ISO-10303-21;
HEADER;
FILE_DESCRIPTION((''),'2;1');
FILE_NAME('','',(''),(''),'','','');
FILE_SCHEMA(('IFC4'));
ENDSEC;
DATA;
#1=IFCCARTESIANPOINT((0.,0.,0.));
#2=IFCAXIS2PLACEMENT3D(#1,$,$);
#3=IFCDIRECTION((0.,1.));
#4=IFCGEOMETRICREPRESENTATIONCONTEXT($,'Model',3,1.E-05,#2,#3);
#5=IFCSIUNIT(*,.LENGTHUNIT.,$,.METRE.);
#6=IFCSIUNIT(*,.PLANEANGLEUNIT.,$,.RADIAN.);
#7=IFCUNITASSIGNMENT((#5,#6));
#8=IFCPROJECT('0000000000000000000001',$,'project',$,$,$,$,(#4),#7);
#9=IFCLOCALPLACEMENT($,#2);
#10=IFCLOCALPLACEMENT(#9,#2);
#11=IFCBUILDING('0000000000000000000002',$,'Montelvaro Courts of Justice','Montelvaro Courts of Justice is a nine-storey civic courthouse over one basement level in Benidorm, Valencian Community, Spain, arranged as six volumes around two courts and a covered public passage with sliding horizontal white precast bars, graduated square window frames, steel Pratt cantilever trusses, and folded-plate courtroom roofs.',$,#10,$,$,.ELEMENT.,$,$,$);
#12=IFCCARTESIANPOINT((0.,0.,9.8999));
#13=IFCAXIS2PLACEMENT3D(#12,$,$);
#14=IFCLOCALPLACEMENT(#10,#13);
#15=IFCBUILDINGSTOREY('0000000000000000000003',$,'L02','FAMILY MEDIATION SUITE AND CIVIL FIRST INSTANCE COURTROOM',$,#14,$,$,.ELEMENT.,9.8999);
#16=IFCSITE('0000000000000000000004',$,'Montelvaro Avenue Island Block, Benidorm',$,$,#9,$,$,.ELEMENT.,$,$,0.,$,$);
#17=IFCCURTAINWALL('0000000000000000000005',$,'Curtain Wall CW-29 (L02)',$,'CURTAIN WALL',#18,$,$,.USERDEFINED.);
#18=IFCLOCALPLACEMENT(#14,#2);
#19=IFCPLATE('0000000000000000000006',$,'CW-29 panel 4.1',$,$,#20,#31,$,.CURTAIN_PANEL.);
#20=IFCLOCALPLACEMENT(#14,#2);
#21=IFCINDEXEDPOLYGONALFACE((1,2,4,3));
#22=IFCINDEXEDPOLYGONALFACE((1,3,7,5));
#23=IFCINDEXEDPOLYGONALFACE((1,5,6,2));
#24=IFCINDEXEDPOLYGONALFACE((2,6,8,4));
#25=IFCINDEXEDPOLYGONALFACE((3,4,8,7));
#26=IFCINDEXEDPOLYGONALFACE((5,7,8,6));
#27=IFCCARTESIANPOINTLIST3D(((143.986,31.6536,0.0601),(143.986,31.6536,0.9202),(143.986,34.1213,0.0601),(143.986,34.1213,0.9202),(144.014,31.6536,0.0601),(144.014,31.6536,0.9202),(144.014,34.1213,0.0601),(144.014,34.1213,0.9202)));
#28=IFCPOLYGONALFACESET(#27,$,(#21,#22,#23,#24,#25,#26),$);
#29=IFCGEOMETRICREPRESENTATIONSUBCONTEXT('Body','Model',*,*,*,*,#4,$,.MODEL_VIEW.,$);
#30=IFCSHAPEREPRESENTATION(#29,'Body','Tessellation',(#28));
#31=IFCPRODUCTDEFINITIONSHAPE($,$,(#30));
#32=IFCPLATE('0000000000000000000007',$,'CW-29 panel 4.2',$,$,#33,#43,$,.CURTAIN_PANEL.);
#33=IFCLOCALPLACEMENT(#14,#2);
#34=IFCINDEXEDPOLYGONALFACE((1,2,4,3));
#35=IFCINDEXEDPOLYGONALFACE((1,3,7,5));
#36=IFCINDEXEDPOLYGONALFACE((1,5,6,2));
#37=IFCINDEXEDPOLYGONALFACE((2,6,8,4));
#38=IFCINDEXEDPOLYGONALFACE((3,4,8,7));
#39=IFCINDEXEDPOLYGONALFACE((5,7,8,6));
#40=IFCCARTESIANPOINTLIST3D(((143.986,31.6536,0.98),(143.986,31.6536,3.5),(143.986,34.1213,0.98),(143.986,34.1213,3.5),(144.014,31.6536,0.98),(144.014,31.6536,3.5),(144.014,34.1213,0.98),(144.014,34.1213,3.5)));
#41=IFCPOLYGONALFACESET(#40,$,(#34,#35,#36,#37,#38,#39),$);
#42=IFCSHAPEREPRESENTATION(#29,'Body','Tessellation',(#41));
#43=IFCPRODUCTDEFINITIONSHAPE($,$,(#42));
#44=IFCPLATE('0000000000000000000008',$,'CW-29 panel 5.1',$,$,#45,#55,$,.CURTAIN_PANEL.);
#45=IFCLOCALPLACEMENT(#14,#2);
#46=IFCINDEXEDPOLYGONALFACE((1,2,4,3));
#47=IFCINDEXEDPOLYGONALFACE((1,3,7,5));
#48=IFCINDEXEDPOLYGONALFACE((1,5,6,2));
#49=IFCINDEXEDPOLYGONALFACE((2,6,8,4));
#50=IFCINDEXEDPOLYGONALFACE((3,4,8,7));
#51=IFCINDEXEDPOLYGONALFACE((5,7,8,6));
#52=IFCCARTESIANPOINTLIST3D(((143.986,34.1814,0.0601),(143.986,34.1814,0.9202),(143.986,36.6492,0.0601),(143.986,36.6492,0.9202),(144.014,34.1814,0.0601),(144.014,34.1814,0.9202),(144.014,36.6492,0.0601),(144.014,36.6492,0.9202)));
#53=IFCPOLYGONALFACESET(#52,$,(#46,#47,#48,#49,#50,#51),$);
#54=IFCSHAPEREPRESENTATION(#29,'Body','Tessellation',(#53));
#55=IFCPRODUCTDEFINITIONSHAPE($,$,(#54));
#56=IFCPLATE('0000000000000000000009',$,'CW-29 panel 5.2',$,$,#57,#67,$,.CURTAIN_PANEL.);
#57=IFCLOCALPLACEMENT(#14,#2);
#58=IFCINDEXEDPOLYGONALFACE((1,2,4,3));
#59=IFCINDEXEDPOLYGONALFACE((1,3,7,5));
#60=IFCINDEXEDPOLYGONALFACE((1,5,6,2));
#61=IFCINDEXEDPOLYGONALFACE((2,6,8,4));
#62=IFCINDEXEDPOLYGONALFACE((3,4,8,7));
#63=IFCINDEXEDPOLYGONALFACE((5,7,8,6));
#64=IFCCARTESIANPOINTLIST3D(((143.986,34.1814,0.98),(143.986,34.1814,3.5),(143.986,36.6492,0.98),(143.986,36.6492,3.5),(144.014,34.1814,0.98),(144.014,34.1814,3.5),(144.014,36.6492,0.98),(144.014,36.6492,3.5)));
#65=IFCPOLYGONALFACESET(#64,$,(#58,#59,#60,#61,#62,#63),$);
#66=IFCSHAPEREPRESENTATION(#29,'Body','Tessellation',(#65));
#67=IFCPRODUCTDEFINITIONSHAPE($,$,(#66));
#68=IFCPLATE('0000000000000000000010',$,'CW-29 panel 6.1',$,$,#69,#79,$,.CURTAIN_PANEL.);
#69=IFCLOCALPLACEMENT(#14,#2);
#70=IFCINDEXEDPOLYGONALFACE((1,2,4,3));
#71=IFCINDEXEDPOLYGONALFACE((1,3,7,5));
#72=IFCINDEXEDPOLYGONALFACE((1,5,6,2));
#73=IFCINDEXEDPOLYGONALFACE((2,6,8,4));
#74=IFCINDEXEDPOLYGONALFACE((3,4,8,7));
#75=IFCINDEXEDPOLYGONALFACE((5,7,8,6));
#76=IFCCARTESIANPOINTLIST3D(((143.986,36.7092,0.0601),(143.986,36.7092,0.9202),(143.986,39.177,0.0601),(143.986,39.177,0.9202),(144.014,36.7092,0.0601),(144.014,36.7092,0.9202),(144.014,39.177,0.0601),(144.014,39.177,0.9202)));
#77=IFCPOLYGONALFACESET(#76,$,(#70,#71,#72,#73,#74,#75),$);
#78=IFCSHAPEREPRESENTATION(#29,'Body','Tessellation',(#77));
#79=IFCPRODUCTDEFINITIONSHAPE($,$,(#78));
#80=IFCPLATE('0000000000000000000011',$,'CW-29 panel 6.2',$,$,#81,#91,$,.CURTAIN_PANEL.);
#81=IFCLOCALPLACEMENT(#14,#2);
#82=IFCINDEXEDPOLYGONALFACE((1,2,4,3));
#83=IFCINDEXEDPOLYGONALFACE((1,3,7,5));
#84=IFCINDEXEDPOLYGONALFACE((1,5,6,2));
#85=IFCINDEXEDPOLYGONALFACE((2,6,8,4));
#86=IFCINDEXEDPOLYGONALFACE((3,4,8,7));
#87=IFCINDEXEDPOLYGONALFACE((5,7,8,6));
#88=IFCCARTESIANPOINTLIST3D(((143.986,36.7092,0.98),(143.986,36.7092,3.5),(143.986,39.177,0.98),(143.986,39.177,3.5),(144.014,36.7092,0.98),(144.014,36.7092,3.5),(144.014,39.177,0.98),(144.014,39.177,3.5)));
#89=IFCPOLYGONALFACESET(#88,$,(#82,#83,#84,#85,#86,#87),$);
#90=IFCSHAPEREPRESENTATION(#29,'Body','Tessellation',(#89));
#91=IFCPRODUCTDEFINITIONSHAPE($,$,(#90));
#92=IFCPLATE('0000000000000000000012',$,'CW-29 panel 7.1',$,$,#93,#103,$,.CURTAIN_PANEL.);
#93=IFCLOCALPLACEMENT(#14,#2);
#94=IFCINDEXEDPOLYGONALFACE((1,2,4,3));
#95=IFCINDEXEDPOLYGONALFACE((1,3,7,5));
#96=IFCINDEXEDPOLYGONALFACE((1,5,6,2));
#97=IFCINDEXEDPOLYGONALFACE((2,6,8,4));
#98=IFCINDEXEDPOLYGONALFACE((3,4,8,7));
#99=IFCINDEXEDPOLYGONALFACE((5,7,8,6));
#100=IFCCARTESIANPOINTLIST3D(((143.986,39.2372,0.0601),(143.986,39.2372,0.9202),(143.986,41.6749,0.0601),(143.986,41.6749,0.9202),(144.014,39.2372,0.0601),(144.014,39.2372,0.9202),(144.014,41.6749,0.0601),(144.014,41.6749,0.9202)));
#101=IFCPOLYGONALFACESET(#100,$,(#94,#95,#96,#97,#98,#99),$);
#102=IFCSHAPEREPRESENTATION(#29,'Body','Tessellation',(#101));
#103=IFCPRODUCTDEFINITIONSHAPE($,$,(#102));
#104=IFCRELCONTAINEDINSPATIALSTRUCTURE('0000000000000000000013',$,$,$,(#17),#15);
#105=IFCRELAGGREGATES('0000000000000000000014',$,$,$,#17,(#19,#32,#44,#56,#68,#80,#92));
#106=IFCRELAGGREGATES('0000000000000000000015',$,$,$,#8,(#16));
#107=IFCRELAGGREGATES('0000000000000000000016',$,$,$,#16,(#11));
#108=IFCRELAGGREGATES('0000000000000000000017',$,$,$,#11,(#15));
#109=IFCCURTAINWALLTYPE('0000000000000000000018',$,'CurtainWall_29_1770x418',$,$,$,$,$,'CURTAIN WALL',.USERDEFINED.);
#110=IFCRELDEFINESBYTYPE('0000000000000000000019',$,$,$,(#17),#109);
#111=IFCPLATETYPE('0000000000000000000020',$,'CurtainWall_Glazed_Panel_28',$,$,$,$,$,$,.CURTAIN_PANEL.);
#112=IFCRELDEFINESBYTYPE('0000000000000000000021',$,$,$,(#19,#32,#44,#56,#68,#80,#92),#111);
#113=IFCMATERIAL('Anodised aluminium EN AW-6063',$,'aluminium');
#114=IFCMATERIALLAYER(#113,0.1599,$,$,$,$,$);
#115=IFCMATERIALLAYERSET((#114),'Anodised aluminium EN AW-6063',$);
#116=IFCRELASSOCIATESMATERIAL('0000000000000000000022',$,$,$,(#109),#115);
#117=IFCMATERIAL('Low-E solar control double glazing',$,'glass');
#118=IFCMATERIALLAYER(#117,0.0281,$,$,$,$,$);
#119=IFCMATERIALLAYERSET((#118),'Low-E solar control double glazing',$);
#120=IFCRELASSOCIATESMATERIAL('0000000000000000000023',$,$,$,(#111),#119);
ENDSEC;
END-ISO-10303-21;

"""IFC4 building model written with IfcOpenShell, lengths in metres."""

from ifc_helpers import new_model, si_unit, direction, frame, origin, origin_2d, place, context, subcontext, project, spatial, rectangle, extrude, material, layer, layer_set, type_object, element, aggregate, save


model = new_model("IFC4")

# Units and contexts
model_context = context("Model", 3, precision=1e-05, world=origin(), true_north=direction((0.0, 1.0)))
body_context = subcontext(model_context, "Body", "Model", "MODEL_VIEW")
ifc_project = project(units=[si_unit("LENGTHUNIT", "METRE"), si_unit("PLANEANGLEUNIT", "RADIAN")], contexts=[model_context])

# Site, building, storey
site_placement = place(None, origin())
site = spatial("IfcSite", under=ifc_project, at=site_placement, Name="Montelvaro Avenue Island Block, Benidorm", CompositionType="ELEMENT", RefElevation=0.0)
building_placement = place(site_placement, origin())
building = spatial("IfcBuilding", under=site, at=building_placement, Name="Montelvaro Courts of Justice", Description="Montelvaro Courts of Justice is a nine-storey civic courthouse over one basement level in Benidorm, Valencian Community, Spain, arranged as six volumes around two courts and a covered public passage with sliding horizontal white precast bars, graduated square window frames, steel Pratt cantilever trusses, and folded-plate courtroom roofs.", CompositionType="ELEMENT")
storey_placement = place(building_placement, frame((0.0, 0.0, 9.8999)))
storey = spatial("IfcBuildingStorey", under=building, at=storey_placement, Name="L02", Description="FAMILY MEDIATION SUITE AND CIVIL FIRST INSTANCE COURTROOM", CompositionType="ELEMENT", Elevation=9.8999)

# Curtain wall, plates
ifc_material_1 = material(Name="Anodised aluminium EN AW-6063", Category="aluminium")
ifc_layer_1 = layer(ifc_material_1, 0.1599)
ifc_layer_set_1 = layer_set([ifc_layer_1], Name="Anodised aluminium EN AW-6063")
curtain_wall_type = type_object("IfcCurtainWallType", Name="CurtainWall_29_1770x418", ElementType="CURTAIN WALL", PredefinedType="USERDEFINED", material=ifc_layer_set_1)
curtain_wall_placement = place(storey_placement, origin())
curtain_wall = element("IfcCurtainWall", 1, at=curtain_wall_placement, inside=storey, type_object=curtain_wall_type, Name="Curtain Wall CW-29 (L02)", ObjectType="CURTAIN WALL", PredefinedType="USERDEFINED")
ifc_material_2 = material(Name="Low-E solar control double glazing", Category="glass")
ifc_layer_2 = layer(ifc_material_2, 0.0281)
ifc_layer_set_2 = layer_set([ifc_layer_2], Name="Low-E solar control double glazing")
plate_type = type_object("IfcPlateType", Name="CurtainWall_Glazed_Panel_28", PredefinedType="CURTAIN_PANEL", material=ifc_layer_set_2)
plate_1_placement = place(storey_placement, frame((144.0, 32.8875, 0.0601), z_axis=(0.0, 0.0, 1.0), x_axis=(0.0, 1.0, 0.0)))
plate_1 = element("IfcPlate", 2, at=plate_1_placement, type_object=plate_type, Name="CW-29 panel 4.1", PredefinedType="CURTAIN_PANEL", context=body_context, shape_type="SweptSolid", body=[
    extrude(rectangle(XDim=2.4678, YDim=0.0281, at=origin_2d()), origin(), (0.0, 0.0, 1.0), 0.8601),
])
plate_2_placement = place(storey_placement, frame((144.0, 32.8875, 0.98), z_axis=(0.0, 0.0, 1.0), x_axis=(0.0, 1.0, 0.0)))
plate_2 = element("IfcPlate", 3, at=plate_2_placement, type_object=plate_type, Name="CW-29 panel 4.2", PredefinedType="CURTAIN_PANEL", context=body_context, shape_type="SweptSolid", body=[
    extrude(rectangle(XDim=2.4678, YDim=0.0281, at=origin_2d()), origin(), (0.0, 0.0, 1.0), 2.52),
])
plate_3_placement = place(storey_placement, frame((144.0, 35.4153, 0.0601), z_axis=(0.0, 0.0, 1.0), x_axis=(0.0, 1.0, 0.0)))
plate_3 = element("IfcPlate", 4, at=plate_3_placement, type_object=plate_type, Name="CW-29 panel 5.1", PredefinedType="CURTAIN_PANEL", context=body_context, shape_type="SweptSolid", body=[
    extrude(rectangle(XDim=2.4678, YDim=0.0281, at=origin_2d()), origin(), (0.0, 0.0, 1.0), 0.8601),
])
plate_4_placement = place(storey_placement, frame((144.0, 35.4153, 0.98), z_axis=(0.0, 0.0, 1.0), x_axis=(0.0, 1.0, 0.0)))
plate_4 = element("IfcPlate", 5, at=plate_4_placement, type_object=plate_type, Name="CW-29 panel 5.2", PredefinedType="CURTAIN_PANEL", context=body_context, shape_type="SweptSolid", body=[
    extrude(rectangle(XDim=2.4678, YDim=0.0281, at=origin_2d()), origin(), (0.0, 0.0, 1.0), 2.52),
])
plate_5_placement = place(storey_placement, frame((144.0, 37.9431, 0.0601), z_axis=(0.0, 0.0, 1.0), x_axis=(0.0, 1.0, 0.0)))
plate_5 = element("IfcPlate", 6, at=plate_5_placement, type_object=plate_type, Name="CW-29 panel 6.1", PredefinedType="CURTAIN_PANEL", context=body_context, shape_type="SweptSolid", body=[
    extrude(rectangle(XDim=2.4678, YDim=0.0281, at=origin_2d()), origin(), (0.0, 0.0, 1.0), 0.8601),
])
plate_6_placement = place(storey_placement, frame((144.0, 37.9431, 0.98), z_axis=(0.0, 0.0, 1.0), x_axis=(0.0, 1.0, 0.0)))
plate_6 = element("IfcPlate", 7, at=plate_6_placement, type_object=plate_type, Name="CW-29 panel 6.2", PredefinedType="CURTAIN_PANEL", context=body_context, shape_type="SweptSolid", body=[
    extrude(rectangle(XDim=2.4678, YDim=0.0281, at=origin_2d()), origin(), (0.0, 0.0, 1.0), 2.52),
])
plate_7_placement = place(storey_placement, frame((144.0, 40.4561, 0.0601), z_axis=(0.0, 0.0, 1.0), x_axis=(0.0, 1.0, 0.0)))
plate_7 = element("IfcPlate", 8, at=plate_7_placement, type_object=plate_type, Name="CW-29 panel 7.1", PredefinedType="CURTAIN_PANEL", context=body_context, shape_type="SweptSolid", body=[
    extrude(rectangle(XDim=2.4377, YDim=0.0281, at=origin_2d()), origin(), (0.0, 0.0, 1.0), 0.8601),
])
aggregate(curtain_wall, [plate_1, plate_2, plate_3, plate_4, plate_5, plate_6, plate_7])

save(model, "model.ifc")
